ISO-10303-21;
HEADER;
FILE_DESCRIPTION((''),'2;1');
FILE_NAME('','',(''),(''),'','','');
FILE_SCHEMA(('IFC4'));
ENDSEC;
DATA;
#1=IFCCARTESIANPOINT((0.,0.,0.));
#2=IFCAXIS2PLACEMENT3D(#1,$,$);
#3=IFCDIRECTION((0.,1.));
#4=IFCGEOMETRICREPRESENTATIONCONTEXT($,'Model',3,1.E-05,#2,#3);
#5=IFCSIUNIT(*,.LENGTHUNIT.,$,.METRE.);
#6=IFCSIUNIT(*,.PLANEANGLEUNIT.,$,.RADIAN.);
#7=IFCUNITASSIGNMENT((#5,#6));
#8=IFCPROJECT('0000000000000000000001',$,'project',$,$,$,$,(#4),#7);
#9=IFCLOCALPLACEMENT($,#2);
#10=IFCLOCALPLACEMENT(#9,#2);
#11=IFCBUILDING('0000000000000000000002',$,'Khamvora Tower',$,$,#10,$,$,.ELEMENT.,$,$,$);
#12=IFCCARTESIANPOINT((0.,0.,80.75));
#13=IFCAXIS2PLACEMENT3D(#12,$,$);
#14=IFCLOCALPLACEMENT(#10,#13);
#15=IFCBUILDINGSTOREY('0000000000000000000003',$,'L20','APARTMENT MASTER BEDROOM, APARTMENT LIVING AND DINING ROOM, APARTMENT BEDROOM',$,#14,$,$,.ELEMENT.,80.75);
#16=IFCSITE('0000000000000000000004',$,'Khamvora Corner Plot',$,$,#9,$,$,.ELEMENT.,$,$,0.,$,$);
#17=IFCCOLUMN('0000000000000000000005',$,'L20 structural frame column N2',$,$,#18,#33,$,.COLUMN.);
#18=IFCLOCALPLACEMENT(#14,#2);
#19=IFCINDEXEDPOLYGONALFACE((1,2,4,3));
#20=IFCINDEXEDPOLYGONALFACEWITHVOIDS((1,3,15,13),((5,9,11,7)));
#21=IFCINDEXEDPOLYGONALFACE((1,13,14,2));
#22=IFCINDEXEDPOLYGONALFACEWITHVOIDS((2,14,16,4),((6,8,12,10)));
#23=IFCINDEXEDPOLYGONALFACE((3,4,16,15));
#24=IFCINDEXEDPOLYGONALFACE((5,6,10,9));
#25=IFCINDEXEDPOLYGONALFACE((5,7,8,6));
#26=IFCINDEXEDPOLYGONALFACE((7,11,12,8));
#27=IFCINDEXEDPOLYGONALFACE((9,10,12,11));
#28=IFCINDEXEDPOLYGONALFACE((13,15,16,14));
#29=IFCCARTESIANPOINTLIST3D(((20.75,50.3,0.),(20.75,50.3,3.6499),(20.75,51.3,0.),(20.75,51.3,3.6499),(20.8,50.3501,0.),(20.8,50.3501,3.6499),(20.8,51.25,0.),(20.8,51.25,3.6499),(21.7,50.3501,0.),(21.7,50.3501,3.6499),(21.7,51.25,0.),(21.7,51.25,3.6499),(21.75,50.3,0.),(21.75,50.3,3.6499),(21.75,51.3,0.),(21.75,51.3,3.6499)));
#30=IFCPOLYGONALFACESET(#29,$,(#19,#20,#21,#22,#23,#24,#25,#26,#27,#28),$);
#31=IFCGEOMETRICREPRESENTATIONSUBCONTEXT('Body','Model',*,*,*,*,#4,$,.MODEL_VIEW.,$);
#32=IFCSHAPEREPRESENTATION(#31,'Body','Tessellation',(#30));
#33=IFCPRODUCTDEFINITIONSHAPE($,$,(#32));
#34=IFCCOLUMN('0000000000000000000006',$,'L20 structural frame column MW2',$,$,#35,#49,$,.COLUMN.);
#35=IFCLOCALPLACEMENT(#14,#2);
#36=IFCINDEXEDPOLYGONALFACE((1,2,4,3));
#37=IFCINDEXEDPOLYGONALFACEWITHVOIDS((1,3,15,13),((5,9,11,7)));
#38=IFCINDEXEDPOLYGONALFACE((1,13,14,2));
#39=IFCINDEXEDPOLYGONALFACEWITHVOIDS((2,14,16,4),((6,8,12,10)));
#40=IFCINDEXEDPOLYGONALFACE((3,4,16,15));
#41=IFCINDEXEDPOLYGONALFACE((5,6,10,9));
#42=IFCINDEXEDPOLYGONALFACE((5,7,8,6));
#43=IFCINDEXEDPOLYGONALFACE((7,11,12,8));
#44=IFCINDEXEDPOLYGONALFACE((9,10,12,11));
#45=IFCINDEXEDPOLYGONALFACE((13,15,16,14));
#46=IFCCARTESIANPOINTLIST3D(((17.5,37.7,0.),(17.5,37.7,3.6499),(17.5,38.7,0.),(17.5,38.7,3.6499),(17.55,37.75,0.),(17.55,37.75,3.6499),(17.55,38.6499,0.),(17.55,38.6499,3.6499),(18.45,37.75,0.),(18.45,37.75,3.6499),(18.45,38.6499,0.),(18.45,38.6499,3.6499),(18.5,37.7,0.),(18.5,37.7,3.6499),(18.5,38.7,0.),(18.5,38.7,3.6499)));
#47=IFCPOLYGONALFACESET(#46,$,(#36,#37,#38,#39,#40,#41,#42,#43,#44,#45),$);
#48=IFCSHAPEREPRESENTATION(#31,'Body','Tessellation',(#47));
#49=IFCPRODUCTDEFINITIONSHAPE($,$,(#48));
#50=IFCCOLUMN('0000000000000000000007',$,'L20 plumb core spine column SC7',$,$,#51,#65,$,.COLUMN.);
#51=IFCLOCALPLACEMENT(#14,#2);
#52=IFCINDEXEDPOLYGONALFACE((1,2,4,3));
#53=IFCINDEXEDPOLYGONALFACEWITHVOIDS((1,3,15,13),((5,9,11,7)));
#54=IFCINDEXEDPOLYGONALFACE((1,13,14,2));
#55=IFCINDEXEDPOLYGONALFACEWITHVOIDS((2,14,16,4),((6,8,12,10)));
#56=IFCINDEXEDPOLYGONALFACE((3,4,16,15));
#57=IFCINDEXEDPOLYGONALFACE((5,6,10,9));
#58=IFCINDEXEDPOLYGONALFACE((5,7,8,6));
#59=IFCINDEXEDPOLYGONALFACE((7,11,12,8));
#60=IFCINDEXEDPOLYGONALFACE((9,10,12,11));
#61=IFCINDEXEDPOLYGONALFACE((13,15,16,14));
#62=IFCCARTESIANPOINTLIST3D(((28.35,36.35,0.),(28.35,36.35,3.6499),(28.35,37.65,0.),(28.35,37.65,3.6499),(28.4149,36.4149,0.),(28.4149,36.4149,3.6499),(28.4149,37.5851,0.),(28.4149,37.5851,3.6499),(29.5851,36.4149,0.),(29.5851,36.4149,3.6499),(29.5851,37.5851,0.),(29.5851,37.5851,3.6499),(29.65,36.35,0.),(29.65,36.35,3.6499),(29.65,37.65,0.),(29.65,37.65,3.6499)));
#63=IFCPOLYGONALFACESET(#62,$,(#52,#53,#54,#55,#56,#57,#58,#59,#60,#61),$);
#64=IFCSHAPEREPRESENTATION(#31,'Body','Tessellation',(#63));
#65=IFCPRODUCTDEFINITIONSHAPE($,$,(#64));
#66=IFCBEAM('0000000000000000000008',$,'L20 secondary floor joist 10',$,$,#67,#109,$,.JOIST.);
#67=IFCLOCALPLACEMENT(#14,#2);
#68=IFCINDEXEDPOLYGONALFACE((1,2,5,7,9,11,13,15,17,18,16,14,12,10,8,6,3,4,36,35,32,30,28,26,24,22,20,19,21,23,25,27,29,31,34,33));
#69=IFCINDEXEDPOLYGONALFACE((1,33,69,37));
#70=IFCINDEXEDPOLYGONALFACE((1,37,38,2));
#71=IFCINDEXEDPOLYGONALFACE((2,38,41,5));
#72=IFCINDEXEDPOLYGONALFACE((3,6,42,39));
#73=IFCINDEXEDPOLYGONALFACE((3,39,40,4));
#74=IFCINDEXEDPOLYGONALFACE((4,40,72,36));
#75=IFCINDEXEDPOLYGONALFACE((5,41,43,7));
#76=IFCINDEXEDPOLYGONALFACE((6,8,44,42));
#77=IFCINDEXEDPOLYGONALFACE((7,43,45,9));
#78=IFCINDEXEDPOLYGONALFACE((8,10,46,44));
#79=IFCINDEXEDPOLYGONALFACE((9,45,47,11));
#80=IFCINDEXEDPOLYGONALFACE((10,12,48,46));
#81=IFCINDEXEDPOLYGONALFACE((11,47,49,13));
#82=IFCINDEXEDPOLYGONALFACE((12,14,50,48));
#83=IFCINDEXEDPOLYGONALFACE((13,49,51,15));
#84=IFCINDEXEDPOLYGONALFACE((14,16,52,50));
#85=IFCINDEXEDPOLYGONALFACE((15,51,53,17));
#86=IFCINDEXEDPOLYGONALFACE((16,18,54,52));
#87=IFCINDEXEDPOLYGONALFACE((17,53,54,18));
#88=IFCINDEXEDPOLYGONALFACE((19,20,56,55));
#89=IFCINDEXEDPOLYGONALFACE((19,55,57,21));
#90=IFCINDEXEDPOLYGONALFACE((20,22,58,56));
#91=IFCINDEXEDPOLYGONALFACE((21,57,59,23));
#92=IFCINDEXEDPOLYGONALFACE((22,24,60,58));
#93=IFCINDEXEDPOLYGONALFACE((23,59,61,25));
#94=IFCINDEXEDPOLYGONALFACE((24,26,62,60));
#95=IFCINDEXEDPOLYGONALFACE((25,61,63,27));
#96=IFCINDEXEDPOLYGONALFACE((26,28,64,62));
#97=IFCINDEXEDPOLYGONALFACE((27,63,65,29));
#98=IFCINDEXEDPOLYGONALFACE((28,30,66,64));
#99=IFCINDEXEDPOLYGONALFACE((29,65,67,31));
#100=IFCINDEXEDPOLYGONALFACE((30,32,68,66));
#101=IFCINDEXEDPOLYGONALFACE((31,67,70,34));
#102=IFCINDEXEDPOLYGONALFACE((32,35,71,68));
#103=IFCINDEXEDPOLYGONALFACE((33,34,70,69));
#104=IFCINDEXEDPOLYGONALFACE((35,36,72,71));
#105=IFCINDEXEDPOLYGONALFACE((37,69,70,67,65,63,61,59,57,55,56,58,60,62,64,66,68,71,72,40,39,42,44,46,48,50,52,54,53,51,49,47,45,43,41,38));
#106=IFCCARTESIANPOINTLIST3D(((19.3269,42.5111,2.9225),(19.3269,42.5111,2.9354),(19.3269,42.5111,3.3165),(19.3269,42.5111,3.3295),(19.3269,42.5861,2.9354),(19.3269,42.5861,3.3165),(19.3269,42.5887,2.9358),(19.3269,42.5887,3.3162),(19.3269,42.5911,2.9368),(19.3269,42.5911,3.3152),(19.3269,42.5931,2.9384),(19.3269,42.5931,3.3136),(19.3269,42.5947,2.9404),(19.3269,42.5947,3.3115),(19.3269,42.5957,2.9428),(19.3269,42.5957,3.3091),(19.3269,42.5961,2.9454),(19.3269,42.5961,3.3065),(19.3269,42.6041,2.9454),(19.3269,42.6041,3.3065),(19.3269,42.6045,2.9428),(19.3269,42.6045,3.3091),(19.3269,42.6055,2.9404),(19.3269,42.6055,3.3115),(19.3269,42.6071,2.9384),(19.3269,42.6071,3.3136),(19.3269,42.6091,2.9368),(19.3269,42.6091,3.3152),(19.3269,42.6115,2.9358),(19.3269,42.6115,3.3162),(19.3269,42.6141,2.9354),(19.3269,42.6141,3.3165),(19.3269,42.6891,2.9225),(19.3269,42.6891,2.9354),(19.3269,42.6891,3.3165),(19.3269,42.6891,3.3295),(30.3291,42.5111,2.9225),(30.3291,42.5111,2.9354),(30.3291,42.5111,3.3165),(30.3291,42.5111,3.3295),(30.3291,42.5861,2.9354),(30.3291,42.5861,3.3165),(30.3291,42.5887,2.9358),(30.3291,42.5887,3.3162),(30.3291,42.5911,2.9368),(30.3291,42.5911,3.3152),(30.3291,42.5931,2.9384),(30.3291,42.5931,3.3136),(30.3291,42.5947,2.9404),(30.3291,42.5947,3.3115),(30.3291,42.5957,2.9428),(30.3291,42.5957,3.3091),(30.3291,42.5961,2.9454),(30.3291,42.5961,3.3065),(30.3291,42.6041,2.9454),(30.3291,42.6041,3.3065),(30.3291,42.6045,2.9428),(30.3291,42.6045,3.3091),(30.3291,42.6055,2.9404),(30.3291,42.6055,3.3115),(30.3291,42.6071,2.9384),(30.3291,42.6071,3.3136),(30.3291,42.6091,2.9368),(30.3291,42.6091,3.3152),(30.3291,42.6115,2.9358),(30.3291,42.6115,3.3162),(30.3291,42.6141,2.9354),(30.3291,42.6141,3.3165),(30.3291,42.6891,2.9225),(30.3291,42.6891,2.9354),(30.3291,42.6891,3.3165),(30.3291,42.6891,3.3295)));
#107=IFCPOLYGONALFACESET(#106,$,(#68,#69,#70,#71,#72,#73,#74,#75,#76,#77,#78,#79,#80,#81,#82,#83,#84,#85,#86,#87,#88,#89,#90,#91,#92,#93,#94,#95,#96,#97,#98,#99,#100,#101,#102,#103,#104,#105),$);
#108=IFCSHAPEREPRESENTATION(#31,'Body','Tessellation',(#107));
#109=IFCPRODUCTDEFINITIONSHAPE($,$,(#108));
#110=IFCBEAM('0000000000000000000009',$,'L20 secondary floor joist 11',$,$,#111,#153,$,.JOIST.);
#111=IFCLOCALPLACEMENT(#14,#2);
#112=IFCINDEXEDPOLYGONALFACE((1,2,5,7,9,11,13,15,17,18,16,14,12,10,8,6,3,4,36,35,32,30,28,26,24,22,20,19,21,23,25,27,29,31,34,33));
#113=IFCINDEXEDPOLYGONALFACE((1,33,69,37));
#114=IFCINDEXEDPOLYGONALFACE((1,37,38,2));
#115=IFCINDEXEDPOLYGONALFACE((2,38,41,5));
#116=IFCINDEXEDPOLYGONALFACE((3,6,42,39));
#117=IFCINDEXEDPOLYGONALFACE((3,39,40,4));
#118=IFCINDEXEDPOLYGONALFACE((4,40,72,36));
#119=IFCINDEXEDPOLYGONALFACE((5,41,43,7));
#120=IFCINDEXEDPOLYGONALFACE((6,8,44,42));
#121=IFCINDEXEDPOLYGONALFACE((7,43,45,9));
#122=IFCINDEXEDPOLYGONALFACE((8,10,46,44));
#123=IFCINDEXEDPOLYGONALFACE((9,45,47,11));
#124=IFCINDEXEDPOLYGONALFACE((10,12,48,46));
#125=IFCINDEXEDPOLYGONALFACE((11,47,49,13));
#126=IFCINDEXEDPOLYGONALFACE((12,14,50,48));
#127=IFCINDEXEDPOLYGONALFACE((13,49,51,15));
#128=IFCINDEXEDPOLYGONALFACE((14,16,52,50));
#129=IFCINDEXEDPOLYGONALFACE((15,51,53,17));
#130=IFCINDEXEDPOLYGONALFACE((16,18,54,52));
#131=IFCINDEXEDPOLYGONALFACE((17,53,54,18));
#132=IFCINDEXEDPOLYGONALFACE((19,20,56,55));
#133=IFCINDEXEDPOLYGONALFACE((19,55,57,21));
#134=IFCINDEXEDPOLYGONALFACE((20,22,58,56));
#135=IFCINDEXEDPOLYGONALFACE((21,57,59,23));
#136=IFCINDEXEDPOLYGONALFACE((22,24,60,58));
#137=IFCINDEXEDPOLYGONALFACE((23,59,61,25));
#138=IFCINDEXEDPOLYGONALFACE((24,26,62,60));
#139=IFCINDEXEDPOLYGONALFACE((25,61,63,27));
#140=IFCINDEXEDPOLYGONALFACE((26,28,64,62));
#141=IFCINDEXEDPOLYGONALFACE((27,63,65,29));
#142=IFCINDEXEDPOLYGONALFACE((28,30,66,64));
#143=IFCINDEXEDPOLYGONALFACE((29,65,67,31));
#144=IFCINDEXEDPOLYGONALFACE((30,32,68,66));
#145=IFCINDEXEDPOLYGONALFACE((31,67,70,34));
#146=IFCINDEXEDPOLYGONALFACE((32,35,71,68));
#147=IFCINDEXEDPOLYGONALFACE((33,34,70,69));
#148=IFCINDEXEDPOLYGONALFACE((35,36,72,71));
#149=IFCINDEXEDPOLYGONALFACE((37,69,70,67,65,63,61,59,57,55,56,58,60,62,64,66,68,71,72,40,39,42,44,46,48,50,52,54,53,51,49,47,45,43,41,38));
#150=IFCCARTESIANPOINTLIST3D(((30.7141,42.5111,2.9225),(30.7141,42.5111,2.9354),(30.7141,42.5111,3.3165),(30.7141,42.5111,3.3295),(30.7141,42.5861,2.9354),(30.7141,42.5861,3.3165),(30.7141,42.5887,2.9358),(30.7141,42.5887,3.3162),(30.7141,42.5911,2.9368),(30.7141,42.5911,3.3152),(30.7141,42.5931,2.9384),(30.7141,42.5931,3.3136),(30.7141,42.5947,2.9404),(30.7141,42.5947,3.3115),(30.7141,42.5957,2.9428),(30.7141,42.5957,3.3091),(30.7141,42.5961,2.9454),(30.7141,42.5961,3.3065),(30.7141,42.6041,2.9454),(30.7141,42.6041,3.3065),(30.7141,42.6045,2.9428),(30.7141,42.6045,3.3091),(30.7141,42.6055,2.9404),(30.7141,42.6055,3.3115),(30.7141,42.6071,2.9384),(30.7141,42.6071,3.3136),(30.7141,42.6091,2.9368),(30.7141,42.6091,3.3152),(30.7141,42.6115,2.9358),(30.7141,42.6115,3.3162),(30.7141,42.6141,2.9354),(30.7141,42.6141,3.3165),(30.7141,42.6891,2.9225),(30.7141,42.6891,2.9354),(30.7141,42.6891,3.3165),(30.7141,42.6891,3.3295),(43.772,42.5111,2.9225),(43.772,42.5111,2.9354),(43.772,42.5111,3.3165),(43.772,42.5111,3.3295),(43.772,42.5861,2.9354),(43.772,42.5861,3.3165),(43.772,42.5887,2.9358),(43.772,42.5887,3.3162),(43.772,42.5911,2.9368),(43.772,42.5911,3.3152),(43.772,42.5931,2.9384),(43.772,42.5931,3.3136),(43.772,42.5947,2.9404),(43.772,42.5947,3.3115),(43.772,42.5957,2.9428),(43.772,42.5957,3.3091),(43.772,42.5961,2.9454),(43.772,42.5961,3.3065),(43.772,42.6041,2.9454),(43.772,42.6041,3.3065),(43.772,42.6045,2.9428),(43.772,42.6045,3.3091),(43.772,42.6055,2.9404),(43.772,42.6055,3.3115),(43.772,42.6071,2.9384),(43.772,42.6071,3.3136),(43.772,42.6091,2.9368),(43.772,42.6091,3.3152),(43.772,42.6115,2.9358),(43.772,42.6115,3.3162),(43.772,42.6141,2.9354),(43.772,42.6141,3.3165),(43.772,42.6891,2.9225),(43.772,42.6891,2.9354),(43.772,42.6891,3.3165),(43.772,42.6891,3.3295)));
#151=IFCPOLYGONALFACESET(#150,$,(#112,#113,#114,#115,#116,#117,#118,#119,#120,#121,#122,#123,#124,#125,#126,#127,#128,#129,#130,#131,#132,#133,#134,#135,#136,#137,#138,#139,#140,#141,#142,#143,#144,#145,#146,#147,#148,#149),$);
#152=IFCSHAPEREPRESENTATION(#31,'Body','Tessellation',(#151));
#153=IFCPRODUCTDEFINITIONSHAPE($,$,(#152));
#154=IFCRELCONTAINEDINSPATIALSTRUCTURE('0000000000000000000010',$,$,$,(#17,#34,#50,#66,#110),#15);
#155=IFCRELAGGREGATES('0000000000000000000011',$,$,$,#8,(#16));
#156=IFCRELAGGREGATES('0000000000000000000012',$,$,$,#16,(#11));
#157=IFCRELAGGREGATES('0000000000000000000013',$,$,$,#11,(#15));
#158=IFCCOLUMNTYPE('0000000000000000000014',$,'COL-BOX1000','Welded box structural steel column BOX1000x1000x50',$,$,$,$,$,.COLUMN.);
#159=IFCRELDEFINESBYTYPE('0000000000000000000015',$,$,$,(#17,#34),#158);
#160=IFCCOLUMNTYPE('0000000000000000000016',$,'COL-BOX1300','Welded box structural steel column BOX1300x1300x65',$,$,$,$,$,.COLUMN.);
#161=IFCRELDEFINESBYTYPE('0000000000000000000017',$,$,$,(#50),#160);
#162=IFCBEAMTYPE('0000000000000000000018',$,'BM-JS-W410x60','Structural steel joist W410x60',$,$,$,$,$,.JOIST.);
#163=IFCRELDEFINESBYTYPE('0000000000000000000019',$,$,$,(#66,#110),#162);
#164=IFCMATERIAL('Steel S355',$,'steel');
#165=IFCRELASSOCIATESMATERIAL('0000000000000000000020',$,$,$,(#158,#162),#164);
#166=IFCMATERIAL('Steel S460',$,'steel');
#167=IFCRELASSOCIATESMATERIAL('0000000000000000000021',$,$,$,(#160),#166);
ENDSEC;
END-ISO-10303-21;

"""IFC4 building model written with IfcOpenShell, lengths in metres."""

from ifc_helpers import new_model, si_unit, direction, frame, origin, origin_2d, place, context, subcontext, project, spatial, hollow_rectangle, i_section, extrude, material, material_profile, profile_set, type_object, element, save


model = new_model("IFC4")

# Units and contexts
model_context = context("Model", 3, precision=1e-05, world=origin(), true_north=direction((0.0, 1.0)))
body_context = subcontext(model_context, "Body", "Model", "MODEL_VIEW")
ifc_project = project(units=[si_unit("LENGTHUNIT", "METRE"), si_unit("PLANEANGLEUNIT", "RADIAN")], contexts=[model_context])

# Site, building, storey
site_placement = place(None, origin())
site = spatial("IfcSite", under=ifc_project, at=site_placement, Name="Khamvora Corner Plot", CompositionType="ELEMENT", RefElevation=0.0)
building_placement = place(site_placement, origin())
building = spatial("IfcBuilding", under=site, at=building_placement, Name="Khamvora Tower", CompositionType="ELEMENT")
storey_placement = place(building_placement, frame((0.0, 0.0, 80.75)))
storey = spatial("IfcBuildingStorey", under=building, at=storey_placement, Name="L20", Description="APARTMENT MASTER BEDROOM, APARTMENT LIVING AND DINING ROOM, APARTMENT BEDROOM", CompositionType="ELEMENT", Elevation=80.75)

# Columns
ifc_material_1 = material(Name="Steel S355", Category="steel")
ifc_material_profile_1 = material_profile(ifc_material_1, hollow_rectangle(XDim=1.0, YDim=1.0, WallThickness=0.05, at=origin_2d()), Name="BOX1000x1000x50")
ifc_profile_set_1 = profile_set([ifc_material_profile_1], Name="Steel S355")
column_type_1 = type_object("IfcColumnType", Name="COL-BOX1000", Description="Welded box structural steel column BOX1000x1000x50", PredefinedType="COLUMN", material=ifc_profile_set_1)
for number, where, z_axis, x_axis, name in (
    (1, (21.25, 50.8, 0.0), (0.0, 0.0, 1.0), (1.0, 0.0, 0.0), "L20 structural frame column N2"),
    (2, (18.0, 38.2, 0.0), (0.0, 0.0, 1.0), (1.0, 0.0, 0.0), "L20 structural frame column MW2"),
):
    element("IfcColumn", number, at=place(storey_placement, frame(where, z_axis=z_axis, x_axis=x_axis)), inside=storey, type_object=column_type_1, Name=name, PredefinedType="COLUMN", context=body_context, shape_type="SweptSolid", body=[
        extrude(hollow_rectangle(XDim=1.0, YDim=1.0, WallThickness=0.05, at=origin_2d()), origin(), (0.0, 0.0, 1.0), 3.6499),
    ])
ifc_material_2 = material(Name="Steel S460", Category="steel")
ifc_material_profile_2 = material_profile(ifc_material_2, hollow_rectangle(XDim=1.3, YDim=1.3, WallThickness=0.0649, at=origin_2d()), Name="BOX1300x1300x65")
ifc_profile_set_2 = profile_set([ifc_material_profile_2], Name="Steel S460")
column_type_2 = type_object("IfcColumnType", Name="COL-BOX1300", Description="Welded box structural steel column BOX1300x1300x65", PredefinedType="COLUMN", material=ifc_profile_set_2)
column_placement = place(storey_placement, frame((29.0, 37.0, 0.0), z_axis=(0.0, 0.0, 1.0), x_axis=(1.0, 0.0, 0.0)))
element("IfcColumn", 3, at=column_placement, inside=storey, type_object=column_type_2, Name="L20 plumb core spine column SC7", PredefinedType="COLUMN", context=body_context, shape_type="SweptSolid", body=[
    extrude(hollow_rectangle(XDim=1.3, YDim=1.3, WallThickness=0.0649, at=origin_2d()), origin(), (0.0, 0.0, 1.0), 3.6499),
])

# Beams
ifc_material_profile_3 = material_profile(ifc_material_1, i_section(OverallWidth=0.178, OverallDepth=0.407, WebThickness=0.0081, FlangeThickness=0.0129, FilletRadius=0.01, at=origin_2d()), Name="W410x60")
ifc_profile_set_3 = profile_set([ifc_material_profile_3], Name="Steel S355")
beam_type_1 = type_object("IfcBeamType", Name="BM-JS-W410x60", Description="Structural steel joist W410x60", PredefinedType="JOIST", material=ifc_profile_set_3)
beam_1_placement = place(storey_placement, frame((19.3269, 42.6001, 3.126), z_axis=(1.0, 0.0, 0.0), x_axis=(0.0, 1.0, 0.0)))
element("IfcBeam", 4, at=beam_1_placement, inside=storey, type_object=beam_type_1, Name="L20 secondary floor joist 10", PredefinedType="JOIST", context=body_context, shape_type="SweptSolid", body=[
    extrude(i_section(OverallWidth=0.178, OverallDepth=0.407, WebThickness=0.0081, FlangeThickness=0.0129, FilletRadius=0.01, at=origin_2d()), origin(), (0.0, 0.0, 1.0), 11.0022),
])
beam_2_placement = place(storey_placement, frame((30.7141, 42.6001, 3.126), z_axis=(1.0, 0.0, 0.0), x_axis=(0.0, 1.0, 0.0)))
element("IfcBeam", 5, at=beam_2_placement, inside=storey, type_object=beam_type_1, Name="L20 secondary floor joist 11", PredefinedType="JOIST", context=body_context, shape_type="SweptSolid", body=[
    extrude(i_section(OverallWidth=0.178, OverallDepth=0.407, WebThickness=0.0081, FlangeThickness=0.0129, FilletRadius=0.01, at=origin_2d()), origin(), (0.0, 0.0, 1.0), 13.0579),
])

save(model, "model.ifc")
